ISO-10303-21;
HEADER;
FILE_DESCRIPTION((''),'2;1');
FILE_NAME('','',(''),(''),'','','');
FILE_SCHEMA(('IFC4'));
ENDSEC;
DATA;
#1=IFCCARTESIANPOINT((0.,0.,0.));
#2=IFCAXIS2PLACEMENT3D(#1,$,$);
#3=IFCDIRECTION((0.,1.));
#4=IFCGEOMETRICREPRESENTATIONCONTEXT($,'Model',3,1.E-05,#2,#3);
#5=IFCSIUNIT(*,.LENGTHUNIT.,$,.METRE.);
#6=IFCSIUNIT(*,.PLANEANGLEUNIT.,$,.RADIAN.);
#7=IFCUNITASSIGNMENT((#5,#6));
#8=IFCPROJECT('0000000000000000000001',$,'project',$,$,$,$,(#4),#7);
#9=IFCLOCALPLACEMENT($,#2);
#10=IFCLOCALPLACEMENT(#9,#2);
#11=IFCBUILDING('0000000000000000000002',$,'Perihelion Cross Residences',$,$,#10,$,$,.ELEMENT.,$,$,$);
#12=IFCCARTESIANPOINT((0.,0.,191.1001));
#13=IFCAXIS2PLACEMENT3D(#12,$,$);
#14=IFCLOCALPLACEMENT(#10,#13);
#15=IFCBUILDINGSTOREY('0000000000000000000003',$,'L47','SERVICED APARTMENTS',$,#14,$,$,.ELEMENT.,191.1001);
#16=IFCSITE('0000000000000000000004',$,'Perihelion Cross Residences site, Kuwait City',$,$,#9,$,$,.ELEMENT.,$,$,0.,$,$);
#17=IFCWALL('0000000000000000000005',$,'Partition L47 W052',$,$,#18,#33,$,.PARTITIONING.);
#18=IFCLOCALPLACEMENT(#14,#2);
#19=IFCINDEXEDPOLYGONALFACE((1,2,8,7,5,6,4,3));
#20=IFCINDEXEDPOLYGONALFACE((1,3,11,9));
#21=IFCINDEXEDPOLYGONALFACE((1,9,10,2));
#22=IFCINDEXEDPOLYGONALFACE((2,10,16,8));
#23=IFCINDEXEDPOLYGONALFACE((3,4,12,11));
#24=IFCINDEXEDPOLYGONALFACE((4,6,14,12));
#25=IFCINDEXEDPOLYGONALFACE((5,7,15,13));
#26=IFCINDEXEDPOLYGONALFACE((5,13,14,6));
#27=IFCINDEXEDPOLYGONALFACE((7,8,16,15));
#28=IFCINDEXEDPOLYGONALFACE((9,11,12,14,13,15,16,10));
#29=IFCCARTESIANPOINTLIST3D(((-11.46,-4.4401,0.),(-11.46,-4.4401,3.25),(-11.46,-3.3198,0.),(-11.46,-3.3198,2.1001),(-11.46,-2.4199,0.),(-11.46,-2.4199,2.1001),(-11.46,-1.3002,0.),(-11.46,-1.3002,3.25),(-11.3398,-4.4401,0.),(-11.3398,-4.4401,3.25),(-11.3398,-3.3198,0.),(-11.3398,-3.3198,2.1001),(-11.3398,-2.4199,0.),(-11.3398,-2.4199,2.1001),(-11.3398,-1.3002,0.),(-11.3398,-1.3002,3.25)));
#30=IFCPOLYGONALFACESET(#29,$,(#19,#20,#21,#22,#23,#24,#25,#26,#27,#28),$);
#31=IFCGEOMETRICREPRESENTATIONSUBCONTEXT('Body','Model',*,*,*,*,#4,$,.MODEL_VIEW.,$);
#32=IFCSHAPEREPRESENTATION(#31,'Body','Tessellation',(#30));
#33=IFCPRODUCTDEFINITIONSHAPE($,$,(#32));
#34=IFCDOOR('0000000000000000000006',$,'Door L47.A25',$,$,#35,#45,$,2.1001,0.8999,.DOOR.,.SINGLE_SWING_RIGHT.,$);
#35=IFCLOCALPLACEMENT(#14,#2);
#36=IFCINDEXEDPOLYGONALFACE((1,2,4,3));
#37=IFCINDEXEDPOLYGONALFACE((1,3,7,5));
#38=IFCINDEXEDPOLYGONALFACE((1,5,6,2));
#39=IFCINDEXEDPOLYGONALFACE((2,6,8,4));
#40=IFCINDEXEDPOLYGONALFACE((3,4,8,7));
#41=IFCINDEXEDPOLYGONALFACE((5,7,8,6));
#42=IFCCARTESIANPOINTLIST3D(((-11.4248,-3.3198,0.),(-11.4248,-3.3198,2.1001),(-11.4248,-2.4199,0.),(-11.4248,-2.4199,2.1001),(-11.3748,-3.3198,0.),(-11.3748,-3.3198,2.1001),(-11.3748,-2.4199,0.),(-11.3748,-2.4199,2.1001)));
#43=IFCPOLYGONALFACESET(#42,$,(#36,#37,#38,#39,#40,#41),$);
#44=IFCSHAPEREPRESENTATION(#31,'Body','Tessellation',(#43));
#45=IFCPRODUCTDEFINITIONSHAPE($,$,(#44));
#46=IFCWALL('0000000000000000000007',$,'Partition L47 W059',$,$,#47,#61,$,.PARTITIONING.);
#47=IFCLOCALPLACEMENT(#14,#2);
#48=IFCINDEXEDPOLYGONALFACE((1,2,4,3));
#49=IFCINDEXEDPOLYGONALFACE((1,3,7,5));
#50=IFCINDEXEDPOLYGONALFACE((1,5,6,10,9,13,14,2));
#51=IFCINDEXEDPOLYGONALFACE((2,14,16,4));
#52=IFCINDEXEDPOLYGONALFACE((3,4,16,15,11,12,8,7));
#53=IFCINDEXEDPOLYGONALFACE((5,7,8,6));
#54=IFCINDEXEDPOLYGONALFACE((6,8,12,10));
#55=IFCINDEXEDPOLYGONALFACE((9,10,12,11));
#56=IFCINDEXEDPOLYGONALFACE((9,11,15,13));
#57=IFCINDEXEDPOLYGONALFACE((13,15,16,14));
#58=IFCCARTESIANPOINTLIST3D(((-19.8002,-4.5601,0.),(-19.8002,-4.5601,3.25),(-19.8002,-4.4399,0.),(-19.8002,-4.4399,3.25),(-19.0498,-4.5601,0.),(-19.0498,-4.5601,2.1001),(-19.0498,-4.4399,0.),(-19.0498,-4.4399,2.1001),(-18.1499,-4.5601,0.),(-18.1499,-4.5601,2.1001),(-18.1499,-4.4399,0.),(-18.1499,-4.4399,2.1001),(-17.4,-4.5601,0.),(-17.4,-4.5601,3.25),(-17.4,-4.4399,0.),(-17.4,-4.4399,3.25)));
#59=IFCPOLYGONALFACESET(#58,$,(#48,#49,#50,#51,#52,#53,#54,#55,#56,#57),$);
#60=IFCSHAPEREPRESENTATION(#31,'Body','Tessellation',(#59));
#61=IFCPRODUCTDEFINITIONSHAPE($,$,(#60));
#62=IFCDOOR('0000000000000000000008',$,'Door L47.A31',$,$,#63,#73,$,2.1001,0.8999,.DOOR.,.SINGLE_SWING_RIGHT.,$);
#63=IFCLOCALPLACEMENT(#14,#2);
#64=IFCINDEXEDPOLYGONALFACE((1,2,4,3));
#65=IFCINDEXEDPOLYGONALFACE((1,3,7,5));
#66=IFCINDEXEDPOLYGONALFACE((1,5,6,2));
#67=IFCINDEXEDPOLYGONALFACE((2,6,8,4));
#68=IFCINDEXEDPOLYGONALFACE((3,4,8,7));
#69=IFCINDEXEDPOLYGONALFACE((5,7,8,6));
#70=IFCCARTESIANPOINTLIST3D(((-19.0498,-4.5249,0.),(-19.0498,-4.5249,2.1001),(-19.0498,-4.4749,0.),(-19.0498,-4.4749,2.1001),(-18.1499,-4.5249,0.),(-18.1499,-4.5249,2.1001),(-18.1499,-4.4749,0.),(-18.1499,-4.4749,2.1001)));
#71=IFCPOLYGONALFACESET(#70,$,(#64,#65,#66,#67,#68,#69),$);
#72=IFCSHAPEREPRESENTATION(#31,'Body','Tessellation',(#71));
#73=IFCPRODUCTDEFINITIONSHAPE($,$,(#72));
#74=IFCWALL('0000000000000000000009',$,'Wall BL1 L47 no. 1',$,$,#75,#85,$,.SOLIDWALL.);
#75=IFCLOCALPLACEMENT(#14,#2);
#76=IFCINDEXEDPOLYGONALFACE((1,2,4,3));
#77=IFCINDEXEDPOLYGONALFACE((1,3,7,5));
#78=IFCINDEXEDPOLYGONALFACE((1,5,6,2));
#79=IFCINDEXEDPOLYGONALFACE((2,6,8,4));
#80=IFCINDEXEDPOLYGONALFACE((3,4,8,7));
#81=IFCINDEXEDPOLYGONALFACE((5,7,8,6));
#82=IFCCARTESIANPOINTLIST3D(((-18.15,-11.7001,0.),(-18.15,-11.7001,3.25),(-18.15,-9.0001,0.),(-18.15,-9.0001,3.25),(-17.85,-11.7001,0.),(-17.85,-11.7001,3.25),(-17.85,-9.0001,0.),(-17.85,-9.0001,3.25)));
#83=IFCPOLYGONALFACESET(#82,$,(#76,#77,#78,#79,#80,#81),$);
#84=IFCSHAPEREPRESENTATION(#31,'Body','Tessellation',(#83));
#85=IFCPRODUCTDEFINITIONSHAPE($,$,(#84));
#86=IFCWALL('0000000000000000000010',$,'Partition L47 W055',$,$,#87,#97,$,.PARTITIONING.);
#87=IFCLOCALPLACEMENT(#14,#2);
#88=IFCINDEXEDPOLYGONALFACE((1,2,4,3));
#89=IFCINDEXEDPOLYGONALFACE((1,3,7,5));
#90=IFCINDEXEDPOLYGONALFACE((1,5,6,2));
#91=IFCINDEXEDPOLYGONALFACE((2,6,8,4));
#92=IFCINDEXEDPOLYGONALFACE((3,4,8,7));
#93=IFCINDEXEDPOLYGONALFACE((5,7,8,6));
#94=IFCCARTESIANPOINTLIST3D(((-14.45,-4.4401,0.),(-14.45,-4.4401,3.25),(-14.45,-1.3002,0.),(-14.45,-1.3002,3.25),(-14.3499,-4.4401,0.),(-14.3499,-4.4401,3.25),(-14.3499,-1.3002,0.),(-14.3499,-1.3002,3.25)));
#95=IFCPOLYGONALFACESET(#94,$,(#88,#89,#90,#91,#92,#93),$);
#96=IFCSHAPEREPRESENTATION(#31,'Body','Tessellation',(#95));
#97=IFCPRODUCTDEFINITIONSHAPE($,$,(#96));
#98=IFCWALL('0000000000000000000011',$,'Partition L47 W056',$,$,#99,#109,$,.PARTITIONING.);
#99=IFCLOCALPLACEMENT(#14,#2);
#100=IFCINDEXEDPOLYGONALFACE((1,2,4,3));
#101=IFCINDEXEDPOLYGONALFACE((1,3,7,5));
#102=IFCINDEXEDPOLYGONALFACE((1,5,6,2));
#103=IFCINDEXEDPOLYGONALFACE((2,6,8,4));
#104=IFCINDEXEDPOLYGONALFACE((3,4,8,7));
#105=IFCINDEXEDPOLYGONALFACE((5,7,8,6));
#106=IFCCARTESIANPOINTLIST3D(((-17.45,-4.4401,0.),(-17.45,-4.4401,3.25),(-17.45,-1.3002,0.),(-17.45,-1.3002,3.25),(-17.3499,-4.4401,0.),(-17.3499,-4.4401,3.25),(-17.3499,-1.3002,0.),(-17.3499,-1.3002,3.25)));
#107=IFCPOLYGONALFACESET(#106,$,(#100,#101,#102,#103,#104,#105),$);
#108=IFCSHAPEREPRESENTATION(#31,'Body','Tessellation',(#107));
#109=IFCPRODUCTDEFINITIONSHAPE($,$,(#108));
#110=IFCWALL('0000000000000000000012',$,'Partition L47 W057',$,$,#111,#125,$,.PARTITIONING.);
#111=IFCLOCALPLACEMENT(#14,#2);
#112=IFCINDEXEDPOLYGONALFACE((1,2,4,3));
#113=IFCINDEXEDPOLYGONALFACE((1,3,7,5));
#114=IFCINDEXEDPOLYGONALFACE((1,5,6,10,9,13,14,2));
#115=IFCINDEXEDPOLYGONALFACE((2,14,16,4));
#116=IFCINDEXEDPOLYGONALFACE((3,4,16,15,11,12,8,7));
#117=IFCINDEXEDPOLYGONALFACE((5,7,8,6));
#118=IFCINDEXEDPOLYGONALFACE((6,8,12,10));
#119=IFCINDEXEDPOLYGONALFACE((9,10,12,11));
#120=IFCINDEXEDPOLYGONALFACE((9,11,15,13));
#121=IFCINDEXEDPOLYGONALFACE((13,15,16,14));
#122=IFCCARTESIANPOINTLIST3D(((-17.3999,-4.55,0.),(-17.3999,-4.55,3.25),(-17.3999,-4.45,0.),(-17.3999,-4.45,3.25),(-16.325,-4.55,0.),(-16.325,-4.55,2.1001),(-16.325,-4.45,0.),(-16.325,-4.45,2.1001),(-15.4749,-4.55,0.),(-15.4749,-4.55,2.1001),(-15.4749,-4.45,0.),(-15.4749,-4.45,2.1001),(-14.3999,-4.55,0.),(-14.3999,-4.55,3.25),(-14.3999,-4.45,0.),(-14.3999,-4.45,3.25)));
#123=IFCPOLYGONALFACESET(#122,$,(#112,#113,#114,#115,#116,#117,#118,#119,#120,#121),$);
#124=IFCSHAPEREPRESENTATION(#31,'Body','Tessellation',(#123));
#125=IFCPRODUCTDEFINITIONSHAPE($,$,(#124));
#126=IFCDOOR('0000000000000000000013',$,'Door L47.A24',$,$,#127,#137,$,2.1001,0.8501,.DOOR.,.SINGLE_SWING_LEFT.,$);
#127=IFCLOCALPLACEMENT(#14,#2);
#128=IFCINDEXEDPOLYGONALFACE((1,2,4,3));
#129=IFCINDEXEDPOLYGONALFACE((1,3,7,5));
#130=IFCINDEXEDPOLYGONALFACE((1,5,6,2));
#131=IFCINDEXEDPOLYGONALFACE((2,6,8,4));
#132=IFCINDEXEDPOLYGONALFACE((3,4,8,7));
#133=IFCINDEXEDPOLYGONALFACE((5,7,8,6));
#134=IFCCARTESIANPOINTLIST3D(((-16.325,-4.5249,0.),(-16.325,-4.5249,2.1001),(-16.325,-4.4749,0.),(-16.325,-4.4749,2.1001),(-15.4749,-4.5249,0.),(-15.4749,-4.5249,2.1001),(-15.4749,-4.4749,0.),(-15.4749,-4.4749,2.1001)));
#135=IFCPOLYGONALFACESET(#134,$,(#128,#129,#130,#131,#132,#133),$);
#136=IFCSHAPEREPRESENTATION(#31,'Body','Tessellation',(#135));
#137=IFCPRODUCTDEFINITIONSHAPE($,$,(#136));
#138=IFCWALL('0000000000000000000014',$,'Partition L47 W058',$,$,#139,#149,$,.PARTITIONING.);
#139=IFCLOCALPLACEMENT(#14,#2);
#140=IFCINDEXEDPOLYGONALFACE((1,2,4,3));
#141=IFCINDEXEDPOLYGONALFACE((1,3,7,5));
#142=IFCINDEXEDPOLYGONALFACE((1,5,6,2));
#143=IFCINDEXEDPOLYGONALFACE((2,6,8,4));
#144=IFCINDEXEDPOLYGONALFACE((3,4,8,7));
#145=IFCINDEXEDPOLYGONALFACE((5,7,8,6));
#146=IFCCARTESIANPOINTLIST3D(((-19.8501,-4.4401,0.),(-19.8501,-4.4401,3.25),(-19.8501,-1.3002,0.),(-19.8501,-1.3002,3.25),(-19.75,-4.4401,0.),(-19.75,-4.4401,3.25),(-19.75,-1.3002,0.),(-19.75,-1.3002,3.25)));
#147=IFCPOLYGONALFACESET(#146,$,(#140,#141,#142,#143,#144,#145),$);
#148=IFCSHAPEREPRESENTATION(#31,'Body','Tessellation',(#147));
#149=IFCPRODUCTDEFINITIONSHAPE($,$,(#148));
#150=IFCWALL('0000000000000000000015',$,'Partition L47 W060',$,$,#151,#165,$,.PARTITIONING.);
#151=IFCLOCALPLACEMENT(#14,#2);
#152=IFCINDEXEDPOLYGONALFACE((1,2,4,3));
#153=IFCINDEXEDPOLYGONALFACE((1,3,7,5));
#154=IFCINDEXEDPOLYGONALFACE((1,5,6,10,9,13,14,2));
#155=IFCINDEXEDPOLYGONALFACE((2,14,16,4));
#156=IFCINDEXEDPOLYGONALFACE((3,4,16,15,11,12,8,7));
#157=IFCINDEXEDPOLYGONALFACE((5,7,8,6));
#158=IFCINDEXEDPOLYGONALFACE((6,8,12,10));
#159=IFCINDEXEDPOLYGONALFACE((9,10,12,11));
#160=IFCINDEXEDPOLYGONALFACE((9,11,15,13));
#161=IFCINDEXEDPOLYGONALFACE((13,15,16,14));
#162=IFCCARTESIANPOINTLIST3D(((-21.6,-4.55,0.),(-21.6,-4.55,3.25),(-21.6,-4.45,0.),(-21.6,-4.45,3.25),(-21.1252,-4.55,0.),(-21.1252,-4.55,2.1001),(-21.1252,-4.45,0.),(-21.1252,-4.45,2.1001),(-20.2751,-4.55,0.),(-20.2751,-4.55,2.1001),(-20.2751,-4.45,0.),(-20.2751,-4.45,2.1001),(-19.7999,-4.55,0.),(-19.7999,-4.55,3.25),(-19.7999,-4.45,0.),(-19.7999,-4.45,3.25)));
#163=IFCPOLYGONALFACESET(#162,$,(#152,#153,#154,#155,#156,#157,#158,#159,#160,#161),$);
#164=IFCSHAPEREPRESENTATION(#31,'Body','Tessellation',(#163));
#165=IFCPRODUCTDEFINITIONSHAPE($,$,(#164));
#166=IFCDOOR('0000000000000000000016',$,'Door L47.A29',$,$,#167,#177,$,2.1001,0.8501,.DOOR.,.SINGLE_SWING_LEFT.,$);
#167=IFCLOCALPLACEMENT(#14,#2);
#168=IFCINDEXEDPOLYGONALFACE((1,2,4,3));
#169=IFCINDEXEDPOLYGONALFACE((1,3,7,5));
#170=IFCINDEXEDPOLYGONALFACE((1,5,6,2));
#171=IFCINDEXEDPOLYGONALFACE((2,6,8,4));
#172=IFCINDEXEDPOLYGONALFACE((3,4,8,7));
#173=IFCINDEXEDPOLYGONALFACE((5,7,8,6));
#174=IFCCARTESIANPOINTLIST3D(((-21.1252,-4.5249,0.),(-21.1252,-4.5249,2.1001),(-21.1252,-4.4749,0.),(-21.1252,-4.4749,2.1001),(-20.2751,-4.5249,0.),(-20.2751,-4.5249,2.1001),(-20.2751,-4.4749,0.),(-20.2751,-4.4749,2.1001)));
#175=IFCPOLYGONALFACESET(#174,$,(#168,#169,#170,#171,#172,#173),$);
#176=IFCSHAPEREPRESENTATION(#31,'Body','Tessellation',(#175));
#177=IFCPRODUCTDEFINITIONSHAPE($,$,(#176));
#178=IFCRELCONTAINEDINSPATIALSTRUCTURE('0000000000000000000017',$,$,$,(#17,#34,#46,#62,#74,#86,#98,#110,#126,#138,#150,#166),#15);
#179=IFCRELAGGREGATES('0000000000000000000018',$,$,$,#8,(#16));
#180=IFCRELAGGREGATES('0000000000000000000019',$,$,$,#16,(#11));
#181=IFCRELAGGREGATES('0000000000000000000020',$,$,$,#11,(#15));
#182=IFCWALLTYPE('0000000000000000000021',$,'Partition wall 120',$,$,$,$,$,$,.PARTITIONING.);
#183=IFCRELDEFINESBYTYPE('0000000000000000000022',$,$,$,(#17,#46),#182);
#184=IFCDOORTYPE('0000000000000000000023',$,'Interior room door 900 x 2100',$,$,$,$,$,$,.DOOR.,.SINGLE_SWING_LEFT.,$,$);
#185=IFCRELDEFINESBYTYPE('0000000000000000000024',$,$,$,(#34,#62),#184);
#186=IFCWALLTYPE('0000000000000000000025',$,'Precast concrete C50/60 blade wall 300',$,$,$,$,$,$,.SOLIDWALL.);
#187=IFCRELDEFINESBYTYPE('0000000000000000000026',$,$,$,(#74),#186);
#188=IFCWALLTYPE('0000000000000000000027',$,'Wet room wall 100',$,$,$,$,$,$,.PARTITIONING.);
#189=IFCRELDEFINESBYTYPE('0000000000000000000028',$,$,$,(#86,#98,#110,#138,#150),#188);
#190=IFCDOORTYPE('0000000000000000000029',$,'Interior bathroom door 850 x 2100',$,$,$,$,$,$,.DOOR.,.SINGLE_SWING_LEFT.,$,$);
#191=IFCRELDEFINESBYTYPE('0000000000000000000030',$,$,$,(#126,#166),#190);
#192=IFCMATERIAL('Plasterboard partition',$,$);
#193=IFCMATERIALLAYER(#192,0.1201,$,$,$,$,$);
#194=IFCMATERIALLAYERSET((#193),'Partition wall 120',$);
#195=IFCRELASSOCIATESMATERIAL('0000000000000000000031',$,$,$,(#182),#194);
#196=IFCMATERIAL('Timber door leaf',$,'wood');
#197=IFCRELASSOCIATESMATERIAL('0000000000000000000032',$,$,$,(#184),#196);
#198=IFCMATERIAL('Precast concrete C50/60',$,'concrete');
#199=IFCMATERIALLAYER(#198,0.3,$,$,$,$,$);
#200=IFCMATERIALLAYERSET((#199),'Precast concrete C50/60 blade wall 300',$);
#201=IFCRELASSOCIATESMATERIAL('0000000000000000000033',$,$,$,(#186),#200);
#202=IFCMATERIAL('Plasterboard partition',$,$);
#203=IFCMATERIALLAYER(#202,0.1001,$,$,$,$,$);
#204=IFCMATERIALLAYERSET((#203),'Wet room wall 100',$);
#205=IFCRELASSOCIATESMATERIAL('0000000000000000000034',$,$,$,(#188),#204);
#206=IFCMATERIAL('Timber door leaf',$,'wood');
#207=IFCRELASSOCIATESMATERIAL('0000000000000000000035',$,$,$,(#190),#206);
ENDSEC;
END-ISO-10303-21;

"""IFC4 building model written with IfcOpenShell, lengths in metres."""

from ifc_helpers import new_model, si_unit, direction, frame, frame_2d, origin, place, context, subcontext, project, spatial, rectangle, extrude, material, layer, layer_set, type_object, element, fill, save


model = new_model("IFC4")

# Units and contexts
model_context = context("Model", 3, precision=1e-05, world=origin(), true_north=direction((0.0, 1.0)))
body_context = subcontext(model_context, "Body", "Model", "MODEL_VIEW")
ifc_project = project(units=[si_unit("LENGTHUNIT", "METRE"), si_unit("PLANEANGLEUNIT", "RADIAN")], contexts=[model_context])

# Site, building, storey
site_placement = place(None, origin())
site = spatial("IfcSite", under=ifc_project, at=site_placement, Name="Perihelion Cross Residences site, Kuwait City", CompositionType="ELEMENT", RefElevation=0.0)
building_placement = place(site_placement, origin())
building = spatial("IfcBuilding", under=site, at=building_placement, Name="Perihelion Cross Residences", CompositionType="ELEMENT")
storey_placement = place(building_placement, frame((0.0, 0.0, 191.1001)))
storey = spatial("IfcBuildingStorey", under=building, at=storey_placement, Name="L47", Description="SERVICED APARTMENTS", CompositionType="ELEMENT", Elevation=191.1001)

# Walls, openings, doors
ifc_material_1 = material(Name="Plasterboard partition")
ifc_layer_1 = layer(ifc_material_1, 0.1201)
ifc_layer_set_1 = layer_set([ifc_layer_1], Name="Partition wall 120")
wall_type_1 = type_object("IfcWallType", Name="Partition wall 120", PredefinedType="PARTITIONING", material=ifc_layer_set_1)
wall_1_placement = place(storey_placement, frame((-11.3999, -4.4399, 0.0), z_axis=(0.0, 0.0, 1.0), x_axis=(0.0, 1.0, 0.0)))
wall_1 = element("IfcWall", 1, at=wall_1_placement, inside=storey, type_object=wall_type_1, Name="Partition L47 W052", PredefinedType="PARTITIONING", context=body_context, shape_type="SweptSolid", body=[
    extrude(rectangle(XDim=3.1399, YDim=0.1201, at=frame_2d((1.5698, 0.0))), origin(), (0.0, 0.0, 1.0), 3.25),
])
opening_1_placement = place(wall_1_placement, frame((1.1201, 0.0, 0.0)))
opening_1 = element("IfcOpeningElement", 2, at=opening_1_placement, cuts=wall_1, PredefinedType="OPENING", context=body_context, shape_type="SweptSolid", body=[
    extrude(rectangle(XDim=0.8999, YDim=2.1001, at=frame_2d((0.45, 1.05))), frame((0.0, 0.0701, 0.0), z_axis=(0.0, -1.0, 0.0), x_axis=(1.0, 0.0, 0.0)), (0.0, 0.0, 1.0), 0.1401),
])
ifc_material_2 = material(Name="Timber door leaf", Category="wood")
door_type_1 = type_object("IfcDoorType", Name="Interior room door 900 x 2100", OperationType="SINGLE_SWING_LEFT", PredefinedType="DOOR", material=ifc_material_2)
door_1_placement = place(opening_1_placement, origin())
door_1 = element("IfcDoor", 3, at=door_1_placement, inside=storey, type_object=door_type_1, Name="Door L47.A25", OperationType="SINGLE_SWING_RIGHT", OverallHeight=2.1001, OverallWidth=0.8999, PredefinedType="DOOR", context=body_context, shape_type="SweptSolid", body=[
    extrude(rectangle(XDim=0.8999, YDim=2.1001, at=frame_2d((0.45, 1.05))), frame((0.0, 0.0249, 0.0), z_axis=(0.0, -1.0, 0.0), x_axis=(1.0, 0.0, 0.0)), (0.0, 0.0, 1.0), 0.05),
])
fill(opening_1, door_1)
wall_2_placement = place(storey_placement, frame((-17.3999, -4.5, 0.0), z_axis=(0.0, 0.0, 1.0), x_axis=(-1.0, 0.0, 0.0)))
wall_2 = element("IfcWall", 4, at=wall_2_placement, inside=storey, type_object=wall_type_1, Name="Partition L47 W059", PredefinedType="PARTITIONING", context=body_context, shape_type="SweptSolid", body=[
    extrude(rectangle(XDim=2.4001, YDim=0.1201, at=frame_2d((1.2002, 0.0))), origin(), (0.0, 0.0, 1.0), 3.25),
])
opening_2_placement = place(wall_2_placement, frame((0.75, 0.0, 0.0)))
opening_2 = element("IfcOpeningElement", 5, at=opening_2_placement, cuts=wall_2, PredefinedType="OPENING", context=body_context, shape_type="SweptSolid", body=[
    extrude(rectangle(XDim=0.8999, YDim=2.1001, at=frame_2d((0.45, 1.05))), frame((0.0, 0.0701, 0.0), z_axis=(0.0, -1.0, 0.0), x_axis=(1.0, 0.0, 0.0)), (0.0, 0.0, 1.0), 0.1401),
])
door_2_placement = place(opening_2_placement, origin())
door_2 = element("IfcDoor", 6, at=door_2_placement, inside=storey, type_object=door_type_1, Name="Door L47.A31", OperationType="SINGLE_SWING_RIGHT", OverallHeight=2.1001, OverallWidth=0.8999, PredefinedType="DOOR", context=body_context, shape_type="SweptSolid", body=[
    extrude(rectangle(XDim=0.8999, YDim=2.1001, at=frame_2d((0.45, 1.05))), frame((0.0, 0.0249, 0.0), z_axis=(0.0, -1.0, 0.0), x_axis=(1.0, 0.0, 0.0)), (0.0, 0.0, 1.0), 0.05),
])
fill(opening_2, door_2)

# Walls
ifc_material_3 = material(Name="Precast concrete C50/60", Category="concrete")
ifc_layer_2 = layer(ifc_material_3, 0.3)
ifc_layer_set_2 = layer_set([ifc_layer_2], Name="Precast concrete C50/60 blade wall 300")
wall_type_2 = type_object("IfcWallType", Name="Precast concrete C50/60 blade wall 300", PredefinedType="SOLIDWALL", material=ifc_layer_set_2)
wall_3_placement = place(storey_placement, frame((-18.0, -9.0, 0.0), z_axis=(0.0, 0.0, 1.0), x_axis=(0.0, -1.0, 0.0)))
element("IfcWall", 7, at=wall_3_placement, inside=storey, type_object=wall_type_2, Name="Wall BL1 L47 no. 1", PredefinedType="SOLIDWALL", context=body_context, shape_type="SweptSolid", body=[
    extrude(rectangle(XDim=2.7, YDim=0.3, at=frame_2d((1.3501, 0.0))), origin(), (0.0, 0.0, 1.0), 3.25),
])
ifc_material_4 = material(Name="Plasterboard partition")
ifc_layer_3 = layer(ifc_material_4, 0.1001)
ifc_layer_set_3 = layer_set([ifc_layer_3], Name="Wet room wall 100")
wall_type_3 = type_object("IfcWallType", Name="Wet room wall 100", PredefinedType="PARTITIONING", material=ifc_layer_set_3)
for number, where, z_axis, x_axis, name in (
    (8, (-14.3999, -4.4399, 0.0), (0.0, 0.0, 1.0), (0.0, 1.0, 0.0), "Partition L47 W055"),
    (9, (-17.3999, -4.4399, 0.0), (0.0, 0.0, 1.0), (0.0, 1.0, 0.0), "Partition L47 W056"),
):
    element("IfcWall", number, at=place(storey_placement, frame(where, z_axis=z_axis, x_axis=x_axis)), inside=storey, type_object=wall_type_3, Name=name, PredefinedType="PARTITIONING", context=body_context, shape_type="SweptSolid", body=[
        extrude(rectangle(XDim=3.1399, YDim=0.1001, at=frame_2d((1.5698, 0.0))), origin(), (0.0, 0.0, 1.0), 3.25),
    ])

# Wall, opening, door
wall_4_placement = place(storey_placement, frame((-14.3999, -4.5, 0.0), z_axis=(0.0, 0.0, 1.0), x_axis=(-1.0, 0.0, 0.0)))
wall_4 = element("IfcWall", 10, at=wall_4_placement, inside=storey, type_object=wall_type_3, Name="Partition L47 W057", PredefinedType="PARTITIONING", context=body_context, shape_type="SweptSolid", body=[
    extrude(rectangle(XDim=3.0, YDim=0.1001, at=frame_2d((1.5, 0.0))), origin(), (0.0, 0.0, 1.0), 3.25),
])
opening_3_placement = place(wall_4_placement, frame((1.075, 0.0, 0.0)))
opening_3 = element("IfcOpeningElement", 11, at=opening_3_placement, cuts=wall_4, PredefinedType="OPENING", context=body_context, shape_type="SweptSolid", body=[
    extrude(rectangle(XDim=0.8501, YDim=2.1001, at=frame_2d((0.425, 1.05))), frame((0.0, 0.0601, 0.0), z_axis=(0.0, -1.0, 0.0), x_axis=(1.0, 0.0, 0.0)), (0.0, 0.0, 1.0), 0.1201),
])
ifc_material_5 = material(Name="Timber door leaf", Category="wood")
door_type_2 = type_object("IfcDoorType", Name="Interior bathroom door 850 x 2100", OperationType="SINGLE_SWING_LEFT", PredefinedType="DOOR", material=ifc_material_5)
door_3_placement = place(opening_3_placement, origin())
door_3 = element("IfcDoor", 12, at=door_3_placement, inside=storey, type_object=door_type_2, Name="Door L47.A24", OperationType="SINGLE_SWING_LEFT", OverallHeight=2.1001, OverallWidth=0.8501, PredefinedType="DOOR", context=body_context, shape_type="SweptSolid", body=[
    extrude(rectangle(XDim=0.8501, YDim=2.1001, at=frame_2d((0.425, 1.05))), frame((0.0, 0.0249, 0.0), z_axis=(0.0, -1.0, 0.0), x_axis=(1.0, 0.0, 0.0)), (0.0, 0.0, 1.0), 0.05),
])
fill(opening_3, door_3)

# Wall
wall_5_placement = place(storey_placement, frame((-19.8, -4.4399, 0.0), z_axis=(0.0, 0.0, 1.0), x_axis=(0.0, 1.0, 0.0)))
element("IfcWall", 13, at=wall_5_placement, inside=storey, type_object=wall_type_3, Name="Partition L47 W058", PredefinedType="PARTITIONING", context=body_context, shape_type="SweptSolid", body=[
    extrude(rectangle(XDim=3.1399, YDim=0.1001, at=frame_2d((1.5698, 0.0))), origin(), (0.0, 0.0, 1.0), 3.25),
])

# Wall, opening, door
wall_6_placement = place(storey_placement, frame((-19.8, -4.5, 0.0), z_axis=(0.0, 0.0, 1.0), x_axis=(-1.0, 0.0, 0.0)))
wall_6 = element("IfcWall", 14, at=wall_6_placement, inside=storey, type_object=wall_type_3, Name="Partition L47 W060", PredefinedType="PARTITIONING", context=body_context, shape_type="SweptSolid", body=[
    extrude(rectangle(XDim=1.8, YDim=0.1001, at=frame_2d((0.8999, 0.0))), origin(), (0.0, 0.0, 1.0), 3.25),
])
opening_4_placement = place(wall_6_placement, frame((0.4751, 0.0, 0.0)))
opening_4 = element("IfcOpeningElement", 15, at=opening_4_placement, cuts=wall_6, PredefinedType="OPENING", context=body_context, shape_type="SweptSolid", body=[
    extrude(rectangle(XDim=0.8501, YDim=2.1001, at=frame_2d((0.425, 1.05))), frame((0.0, 0.0601, 0.0), z_axis=(0.0, -1.0, 0.0), x_axis=(1.0, 0.0, 0.0)), (0.0, 0.0, 1.0), 0.1201),
])
door_4_placement = place(opening_4_placement, origin())
door_4 = element("IfcDoor", 16, at=door_4_placement, inside=storey, type_object=door_type_2, Name="Door L47.A29", OperationType="SINGLE_SWING_LEFT", OverallHeight=2.1001, OverallWidth=0.8501, PredefinedType="DOOR", context=body_context, shape_type="SweptSolid", body=[
    extrude(rectangle(XDim=0.8501, YDim=2.1001, at=frame_2d((0.425, 1.05))), frame((0.0, 0.0249, 0.0), z_axis=(0.0, -1.0, 0.0), x_axis=(1.0, 0.0, 0.0)), (0.0, 0.0, 1.0), 0.05),
])
fill(opening_4, door_4)

save(model, "model.ifc")
